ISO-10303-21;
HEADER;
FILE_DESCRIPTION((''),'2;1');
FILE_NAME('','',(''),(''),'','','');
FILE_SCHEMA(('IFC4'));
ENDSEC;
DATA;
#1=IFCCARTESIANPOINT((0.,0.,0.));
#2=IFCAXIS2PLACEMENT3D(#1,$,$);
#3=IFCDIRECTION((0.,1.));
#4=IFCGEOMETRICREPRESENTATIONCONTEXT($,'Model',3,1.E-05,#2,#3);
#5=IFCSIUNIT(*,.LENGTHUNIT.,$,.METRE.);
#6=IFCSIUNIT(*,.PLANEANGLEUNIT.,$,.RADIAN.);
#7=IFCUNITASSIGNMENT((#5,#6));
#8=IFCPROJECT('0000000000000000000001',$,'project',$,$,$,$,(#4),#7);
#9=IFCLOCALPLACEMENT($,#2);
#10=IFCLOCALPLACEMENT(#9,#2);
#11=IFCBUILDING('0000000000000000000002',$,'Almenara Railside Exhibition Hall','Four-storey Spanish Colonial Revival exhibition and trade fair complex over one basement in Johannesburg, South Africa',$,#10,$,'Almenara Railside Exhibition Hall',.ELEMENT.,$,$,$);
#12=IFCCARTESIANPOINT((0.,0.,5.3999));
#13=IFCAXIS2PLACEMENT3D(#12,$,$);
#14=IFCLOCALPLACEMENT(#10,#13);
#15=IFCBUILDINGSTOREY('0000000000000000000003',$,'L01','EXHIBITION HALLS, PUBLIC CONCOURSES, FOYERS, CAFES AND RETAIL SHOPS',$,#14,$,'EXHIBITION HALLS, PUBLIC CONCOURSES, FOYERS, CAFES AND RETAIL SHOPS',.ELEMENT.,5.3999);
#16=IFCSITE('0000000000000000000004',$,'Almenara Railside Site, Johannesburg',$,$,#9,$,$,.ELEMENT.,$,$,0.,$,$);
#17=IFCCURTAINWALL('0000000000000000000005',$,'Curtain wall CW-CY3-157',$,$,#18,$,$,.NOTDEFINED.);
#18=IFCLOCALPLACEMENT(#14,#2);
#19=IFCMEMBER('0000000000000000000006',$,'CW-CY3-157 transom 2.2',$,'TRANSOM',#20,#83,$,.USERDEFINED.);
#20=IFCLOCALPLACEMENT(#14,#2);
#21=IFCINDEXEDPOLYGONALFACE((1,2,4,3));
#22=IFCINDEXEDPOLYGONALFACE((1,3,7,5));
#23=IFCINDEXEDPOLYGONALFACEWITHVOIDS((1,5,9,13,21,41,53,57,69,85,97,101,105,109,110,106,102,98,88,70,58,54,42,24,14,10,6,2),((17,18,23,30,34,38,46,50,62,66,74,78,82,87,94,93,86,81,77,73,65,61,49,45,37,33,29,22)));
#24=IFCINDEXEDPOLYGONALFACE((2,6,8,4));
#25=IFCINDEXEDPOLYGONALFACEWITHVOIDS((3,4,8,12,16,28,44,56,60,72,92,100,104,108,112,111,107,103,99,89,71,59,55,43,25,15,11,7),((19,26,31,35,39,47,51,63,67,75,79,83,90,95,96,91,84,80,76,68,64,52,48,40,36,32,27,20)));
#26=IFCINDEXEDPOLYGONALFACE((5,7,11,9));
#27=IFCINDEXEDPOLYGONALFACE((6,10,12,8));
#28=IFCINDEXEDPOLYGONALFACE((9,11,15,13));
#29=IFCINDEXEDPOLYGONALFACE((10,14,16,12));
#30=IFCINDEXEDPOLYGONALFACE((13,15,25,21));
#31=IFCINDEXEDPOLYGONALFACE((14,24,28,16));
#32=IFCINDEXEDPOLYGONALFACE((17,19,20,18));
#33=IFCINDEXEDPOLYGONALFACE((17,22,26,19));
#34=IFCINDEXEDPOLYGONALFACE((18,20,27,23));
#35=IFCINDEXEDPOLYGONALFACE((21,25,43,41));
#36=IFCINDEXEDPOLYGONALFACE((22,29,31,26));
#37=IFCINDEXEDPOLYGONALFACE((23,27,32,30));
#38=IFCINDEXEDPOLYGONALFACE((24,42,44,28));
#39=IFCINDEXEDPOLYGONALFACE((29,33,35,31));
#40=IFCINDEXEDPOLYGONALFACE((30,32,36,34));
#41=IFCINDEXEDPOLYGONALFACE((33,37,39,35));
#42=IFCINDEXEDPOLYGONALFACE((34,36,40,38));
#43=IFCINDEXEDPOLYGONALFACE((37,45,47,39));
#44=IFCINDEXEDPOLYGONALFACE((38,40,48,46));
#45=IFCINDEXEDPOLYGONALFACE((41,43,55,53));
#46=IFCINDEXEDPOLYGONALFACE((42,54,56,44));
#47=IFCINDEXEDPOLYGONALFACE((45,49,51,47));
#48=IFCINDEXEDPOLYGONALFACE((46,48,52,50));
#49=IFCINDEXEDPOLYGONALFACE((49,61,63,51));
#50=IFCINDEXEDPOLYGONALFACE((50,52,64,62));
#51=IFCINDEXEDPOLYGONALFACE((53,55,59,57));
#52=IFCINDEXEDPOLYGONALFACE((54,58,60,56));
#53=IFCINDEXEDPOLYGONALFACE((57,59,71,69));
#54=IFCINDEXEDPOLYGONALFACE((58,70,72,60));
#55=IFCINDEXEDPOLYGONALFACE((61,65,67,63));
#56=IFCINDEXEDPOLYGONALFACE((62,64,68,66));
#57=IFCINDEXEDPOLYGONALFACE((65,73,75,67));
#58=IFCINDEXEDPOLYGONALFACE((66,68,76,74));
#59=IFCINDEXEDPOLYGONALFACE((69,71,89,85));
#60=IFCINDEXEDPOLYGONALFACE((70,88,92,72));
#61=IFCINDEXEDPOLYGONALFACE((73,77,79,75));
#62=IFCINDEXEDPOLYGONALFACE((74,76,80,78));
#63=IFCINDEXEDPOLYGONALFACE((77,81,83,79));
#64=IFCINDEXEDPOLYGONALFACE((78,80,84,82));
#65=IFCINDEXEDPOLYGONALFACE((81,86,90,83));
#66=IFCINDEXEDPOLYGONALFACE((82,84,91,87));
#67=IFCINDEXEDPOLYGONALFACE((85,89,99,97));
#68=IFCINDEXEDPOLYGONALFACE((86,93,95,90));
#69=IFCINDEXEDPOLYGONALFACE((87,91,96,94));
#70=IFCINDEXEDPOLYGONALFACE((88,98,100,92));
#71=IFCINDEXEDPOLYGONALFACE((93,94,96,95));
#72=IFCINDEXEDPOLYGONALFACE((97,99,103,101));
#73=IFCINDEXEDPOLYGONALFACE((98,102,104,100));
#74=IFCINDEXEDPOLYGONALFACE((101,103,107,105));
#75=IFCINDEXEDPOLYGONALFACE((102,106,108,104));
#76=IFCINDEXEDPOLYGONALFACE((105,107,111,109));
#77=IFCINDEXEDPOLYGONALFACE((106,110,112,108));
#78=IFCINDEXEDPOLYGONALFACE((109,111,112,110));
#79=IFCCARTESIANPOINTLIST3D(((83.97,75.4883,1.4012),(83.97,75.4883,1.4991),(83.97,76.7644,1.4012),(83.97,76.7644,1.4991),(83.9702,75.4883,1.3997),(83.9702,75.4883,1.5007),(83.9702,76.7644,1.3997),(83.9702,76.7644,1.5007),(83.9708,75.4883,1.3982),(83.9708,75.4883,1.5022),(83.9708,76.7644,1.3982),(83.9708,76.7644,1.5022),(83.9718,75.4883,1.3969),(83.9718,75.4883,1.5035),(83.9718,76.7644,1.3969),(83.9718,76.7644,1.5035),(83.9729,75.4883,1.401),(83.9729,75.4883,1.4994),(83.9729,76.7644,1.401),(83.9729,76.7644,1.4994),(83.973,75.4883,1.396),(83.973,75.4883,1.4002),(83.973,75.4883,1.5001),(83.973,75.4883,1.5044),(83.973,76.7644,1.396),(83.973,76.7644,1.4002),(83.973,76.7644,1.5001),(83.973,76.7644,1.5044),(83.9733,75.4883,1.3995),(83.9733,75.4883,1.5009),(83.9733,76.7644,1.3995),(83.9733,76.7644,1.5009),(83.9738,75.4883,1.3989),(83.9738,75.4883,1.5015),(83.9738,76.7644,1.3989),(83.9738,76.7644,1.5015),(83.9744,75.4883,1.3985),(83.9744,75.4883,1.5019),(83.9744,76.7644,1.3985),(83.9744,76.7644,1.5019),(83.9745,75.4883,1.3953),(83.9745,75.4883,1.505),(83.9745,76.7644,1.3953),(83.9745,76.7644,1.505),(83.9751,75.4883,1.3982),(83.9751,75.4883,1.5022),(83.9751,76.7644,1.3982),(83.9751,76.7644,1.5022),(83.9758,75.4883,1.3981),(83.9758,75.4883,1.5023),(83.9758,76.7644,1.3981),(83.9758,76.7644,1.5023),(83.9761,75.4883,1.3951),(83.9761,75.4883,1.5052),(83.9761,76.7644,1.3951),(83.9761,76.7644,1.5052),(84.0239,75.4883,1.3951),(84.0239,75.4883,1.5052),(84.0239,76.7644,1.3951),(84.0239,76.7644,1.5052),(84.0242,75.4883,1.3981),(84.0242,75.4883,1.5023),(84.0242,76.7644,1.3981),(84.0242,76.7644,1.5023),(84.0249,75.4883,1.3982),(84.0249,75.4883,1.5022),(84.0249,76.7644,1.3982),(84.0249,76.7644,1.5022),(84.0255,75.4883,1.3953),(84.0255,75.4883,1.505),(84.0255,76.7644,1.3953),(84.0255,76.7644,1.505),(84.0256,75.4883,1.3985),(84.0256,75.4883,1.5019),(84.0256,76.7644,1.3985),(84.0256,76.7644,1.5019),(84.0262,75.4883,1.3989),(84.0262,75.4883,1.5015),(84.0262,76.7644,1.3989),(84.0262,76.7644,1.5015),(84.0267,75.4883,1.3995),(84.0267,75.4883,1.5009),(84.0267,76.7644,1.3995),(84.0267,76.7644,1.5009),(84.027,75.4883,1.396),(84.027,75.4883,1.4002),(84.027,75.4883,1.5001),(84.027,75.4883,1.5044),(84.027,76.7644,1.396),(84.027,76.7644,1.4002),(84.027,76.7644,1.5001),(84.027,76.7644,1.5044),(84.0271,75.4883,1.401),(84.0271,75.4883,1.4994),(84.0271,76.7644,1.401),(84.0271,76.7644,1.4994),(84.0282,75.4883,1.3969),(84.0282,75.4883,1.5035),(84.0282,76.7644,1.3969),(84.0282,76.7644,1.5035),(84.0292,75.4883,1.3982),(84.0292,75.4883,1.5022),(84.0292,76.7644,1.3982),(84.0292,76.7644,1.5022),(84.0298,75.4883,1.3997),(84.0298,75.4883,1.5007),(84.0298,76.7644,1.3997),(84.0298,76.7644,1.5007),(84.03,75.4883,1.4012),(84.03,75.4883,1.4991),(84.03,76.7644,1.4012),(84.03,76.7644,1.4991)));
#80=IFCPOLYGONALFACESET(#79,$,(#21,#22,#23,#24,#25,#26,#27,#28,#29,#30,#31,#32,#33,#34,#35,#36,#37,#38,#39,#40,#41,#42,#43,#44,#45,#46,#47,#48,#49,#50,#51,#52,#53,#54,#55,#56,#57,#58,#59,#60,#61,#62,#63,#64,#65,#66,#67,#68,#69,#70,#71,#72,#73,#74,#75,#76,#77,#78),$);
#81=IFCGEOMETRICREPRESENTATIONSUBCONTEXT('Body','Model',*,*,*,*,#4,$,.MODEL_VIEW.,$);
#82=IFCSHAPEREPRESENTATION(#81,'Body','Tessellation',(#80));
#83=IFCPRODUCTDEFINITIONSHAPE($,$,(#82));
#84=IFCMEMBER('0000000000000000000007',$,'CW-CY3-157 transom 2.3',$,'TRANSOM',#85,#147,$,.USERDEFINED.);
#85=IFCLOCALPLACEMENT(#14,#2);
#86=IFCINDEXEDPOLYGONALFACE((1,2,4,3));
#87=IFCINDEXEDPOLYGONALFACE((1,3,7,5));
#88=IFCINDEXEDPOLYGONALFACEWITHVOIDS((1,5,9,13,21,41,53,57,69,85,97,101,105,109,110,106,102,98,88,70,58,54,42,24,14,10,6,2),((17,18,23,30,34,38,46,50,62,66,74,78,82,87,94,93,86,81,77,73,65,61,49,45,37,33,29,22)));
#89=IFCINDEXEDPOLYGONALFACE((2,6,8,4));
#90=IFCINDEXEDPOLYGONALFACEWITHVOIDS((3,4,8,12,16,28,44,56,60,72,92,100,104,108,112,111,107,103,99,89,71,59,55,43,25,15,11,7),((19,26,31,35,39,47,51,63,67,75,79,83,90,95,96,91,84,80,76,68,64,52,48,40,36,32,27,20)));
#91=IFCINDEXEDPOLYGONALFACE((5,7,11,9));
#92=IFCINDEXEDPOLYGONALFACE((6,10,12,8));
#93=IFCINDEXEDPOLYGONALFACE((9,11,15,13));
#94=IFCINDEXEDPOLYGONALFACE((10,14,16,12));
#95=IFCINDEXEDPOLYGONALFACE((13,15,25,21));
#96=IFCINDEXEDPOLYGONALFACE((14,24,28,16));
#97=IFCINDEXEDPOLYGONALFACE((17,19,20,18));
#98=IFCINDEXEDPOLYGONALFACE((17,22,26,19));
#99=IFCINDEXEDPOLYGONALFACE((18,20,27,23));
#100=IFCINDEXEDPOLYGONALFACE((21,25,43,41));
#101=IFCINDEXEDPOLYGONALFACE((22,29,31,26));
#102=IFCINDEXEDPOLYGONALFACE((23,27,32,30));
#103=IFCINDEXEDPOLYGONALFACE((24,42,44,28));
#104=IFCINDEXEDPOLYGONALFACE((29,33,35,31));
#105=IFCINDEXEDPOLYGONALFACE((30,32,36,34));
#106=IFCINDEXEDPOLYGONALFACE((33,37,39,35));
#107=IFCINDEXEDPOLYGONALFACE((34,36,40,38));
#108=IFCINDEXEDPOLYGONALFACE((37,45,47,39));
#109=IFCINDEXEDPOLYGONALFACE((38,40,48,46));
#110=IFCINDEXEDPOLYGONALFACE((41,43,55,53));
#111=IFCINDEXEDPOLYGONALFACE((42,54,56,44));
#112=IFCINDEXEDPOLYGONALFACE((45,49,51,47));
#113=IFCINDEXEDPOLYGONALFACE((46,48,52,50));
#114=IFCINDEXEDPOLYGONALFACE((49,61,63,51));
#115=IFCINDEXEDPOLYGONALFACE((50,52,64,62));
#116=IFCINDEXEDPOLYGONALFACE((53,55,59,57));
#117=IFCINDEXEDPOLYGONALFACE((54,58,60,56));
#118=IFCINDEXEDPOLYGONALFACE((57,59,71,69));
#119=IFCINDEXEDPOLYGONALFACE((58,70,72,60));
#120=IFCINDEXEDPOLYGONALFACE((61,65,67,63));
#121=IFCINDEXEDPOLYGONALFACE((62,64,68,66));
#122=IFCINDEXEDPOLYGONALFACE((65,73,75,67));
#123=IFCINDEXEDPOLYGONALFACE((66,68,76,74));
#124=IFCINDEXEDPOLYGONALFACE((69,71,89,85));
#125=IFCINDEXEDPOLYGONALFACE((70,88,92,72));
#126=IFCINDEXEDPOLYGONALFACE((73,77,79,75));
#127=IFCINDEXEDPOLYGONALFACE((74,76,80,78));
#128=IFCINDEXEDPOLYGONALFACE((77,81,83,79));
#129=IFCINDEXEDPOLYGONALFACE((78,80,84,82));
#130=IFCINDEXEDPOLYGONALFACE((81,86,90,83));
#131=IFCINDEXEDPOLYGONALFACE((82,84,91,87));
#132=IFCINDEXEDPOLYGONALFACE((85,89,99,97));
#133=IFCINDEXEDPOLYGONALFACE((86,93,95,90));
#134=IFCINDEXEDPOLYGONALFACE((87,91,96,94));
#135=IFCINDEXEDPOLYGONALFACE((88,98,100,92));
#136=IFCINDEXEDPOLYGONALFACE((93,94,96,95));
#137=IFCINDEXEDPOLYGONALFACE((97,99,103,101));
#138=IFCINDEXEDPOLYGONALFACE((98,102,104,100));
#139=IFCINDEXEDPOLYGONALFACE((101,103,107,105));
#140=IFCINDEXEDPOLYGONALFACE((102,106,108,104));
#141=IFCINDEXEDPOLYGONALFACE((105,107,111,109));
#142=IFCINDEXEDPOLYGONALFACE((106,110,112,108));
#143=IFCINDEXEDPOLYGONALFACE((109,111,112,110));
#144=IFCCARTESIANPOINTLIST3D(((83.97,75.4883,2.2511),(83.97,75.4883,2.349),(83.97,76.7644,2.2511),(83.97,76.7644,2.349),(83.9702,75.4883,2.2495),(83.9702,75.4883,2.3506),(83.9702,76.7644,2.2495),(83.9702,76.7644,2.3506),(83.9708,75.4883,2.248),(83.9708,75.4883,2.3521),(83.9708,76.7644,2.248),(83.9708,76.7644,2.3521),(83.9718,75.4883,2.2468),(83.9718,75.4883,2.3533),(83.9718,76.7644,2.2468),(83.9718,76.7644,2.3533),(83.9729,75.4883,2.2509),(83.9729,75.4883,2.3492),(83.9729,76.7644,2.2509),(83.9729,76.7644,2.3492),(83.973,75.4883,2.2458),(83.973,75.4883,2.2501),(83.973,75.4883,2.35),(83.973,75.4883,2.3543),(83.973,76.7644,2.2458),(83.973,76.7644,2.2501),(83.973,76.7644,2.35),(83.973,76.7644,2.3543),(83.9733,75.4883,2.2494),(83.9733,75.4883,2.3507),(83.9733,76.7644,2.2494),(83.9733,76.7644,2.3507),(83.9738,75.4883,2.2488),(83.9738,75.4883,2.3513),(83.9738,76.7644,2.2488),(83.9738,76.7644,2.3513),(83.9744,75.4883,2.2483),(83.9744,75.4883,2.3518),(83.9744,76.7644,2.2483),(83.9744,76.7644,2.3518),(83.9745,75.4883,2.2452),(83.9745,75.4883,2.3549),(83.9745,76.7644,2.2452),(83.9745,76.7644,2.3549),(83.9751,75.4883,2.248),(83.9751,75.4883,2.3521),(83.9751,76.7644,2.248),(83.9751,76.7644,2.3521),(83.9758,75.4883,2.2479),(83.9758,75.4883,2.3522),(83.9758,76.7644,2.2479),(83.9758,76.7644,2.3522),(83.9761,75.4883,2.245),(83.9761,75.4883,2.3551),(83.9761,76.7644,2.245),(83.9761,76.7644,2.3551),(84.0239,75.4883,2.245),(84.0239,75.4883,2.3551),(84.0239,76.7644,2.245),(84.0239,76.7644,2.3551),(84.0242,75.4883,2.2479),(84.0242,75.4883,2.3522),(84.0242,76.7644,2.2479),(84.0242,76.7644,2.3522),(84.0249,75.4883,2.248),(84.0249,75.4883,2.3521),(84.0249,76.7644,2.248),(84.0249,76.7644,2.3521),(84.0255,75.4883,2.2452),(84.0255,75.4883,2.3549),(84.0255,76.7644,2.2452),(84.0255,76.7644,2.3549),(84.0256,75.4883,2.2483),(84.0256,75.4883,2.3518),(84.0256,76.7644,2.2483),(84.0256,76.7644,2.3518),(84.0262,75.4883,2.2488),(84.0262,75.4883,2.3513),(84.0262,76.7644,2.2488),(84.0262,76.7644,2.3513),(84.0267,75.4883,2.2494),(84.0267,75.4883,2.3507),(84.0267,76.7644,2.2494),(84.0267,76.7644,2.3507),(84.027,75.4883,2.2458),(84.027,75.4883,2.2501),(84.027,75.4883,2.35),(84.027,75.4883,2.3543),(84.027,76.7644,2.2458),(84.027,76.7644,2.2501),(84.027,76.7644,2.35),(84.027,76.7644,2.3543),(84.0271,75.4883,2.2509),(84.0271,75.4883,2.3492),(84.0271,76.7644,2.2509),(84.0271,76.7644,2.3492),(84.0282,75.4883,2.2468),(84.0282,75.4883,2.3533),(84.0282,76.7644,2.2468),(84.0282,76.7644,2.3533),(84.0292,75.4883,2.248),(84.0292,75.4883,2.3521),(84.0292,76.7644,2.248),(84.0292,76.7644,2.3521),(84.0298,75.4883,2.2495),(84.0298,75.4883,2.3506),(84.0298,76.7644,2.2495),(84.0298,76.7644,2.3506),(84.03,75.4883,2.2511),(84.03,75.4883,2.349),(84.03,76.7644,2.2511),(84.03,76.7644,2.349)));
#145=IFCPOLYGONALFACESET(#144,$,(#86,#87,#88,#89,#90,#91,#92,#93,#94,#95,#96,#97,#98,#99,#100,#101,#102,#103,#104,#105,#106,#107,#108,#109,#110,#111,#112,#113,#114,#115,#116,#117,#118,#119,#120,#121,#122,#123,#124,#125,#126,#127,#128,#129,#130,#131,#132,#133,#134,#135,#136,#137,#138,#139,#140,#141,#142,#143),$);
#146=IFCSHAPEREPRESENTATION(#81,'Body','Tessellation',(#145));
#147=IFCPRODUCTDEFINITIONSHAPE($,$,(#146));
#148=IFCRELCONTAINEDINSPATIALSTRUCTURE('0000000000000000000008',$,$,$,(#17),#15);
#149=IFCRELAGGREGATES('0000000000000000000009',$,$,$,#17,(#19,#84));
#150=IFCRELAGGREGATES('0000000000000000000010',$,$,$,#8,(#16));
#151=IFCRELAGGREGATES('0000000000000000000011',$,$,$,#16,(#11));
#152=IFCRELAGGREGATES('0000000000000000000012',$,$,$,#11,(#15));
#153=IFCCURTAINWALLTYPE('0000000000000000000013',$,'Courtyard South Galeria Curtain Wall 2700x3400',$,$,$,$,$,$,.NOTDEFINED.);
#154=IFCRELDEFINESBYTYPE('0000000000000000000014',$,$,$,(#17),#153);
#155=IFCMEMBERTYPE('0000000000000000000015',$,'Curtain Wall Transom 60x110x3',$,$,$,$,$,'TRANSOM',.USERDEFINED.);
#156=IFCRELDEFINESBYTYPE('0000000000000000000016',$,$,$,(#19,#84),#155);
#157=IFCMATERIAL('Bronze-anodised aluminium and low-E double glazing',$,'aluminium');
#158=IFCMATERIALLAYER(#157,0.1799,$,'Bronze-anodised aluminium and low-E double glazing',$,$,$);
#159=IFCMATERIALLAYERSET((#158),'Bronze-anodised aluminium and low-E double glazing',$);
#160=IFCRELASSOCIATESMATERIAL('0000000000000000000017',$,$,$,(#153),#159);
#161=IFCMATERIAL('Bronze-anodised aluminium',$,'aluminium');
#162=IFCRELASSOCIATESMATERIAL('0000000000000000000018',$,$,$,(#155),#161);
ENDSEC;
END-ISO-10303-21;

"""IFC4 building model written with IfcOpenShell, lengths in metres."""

from ifc_helpers import new_model, si_unit, direction, frame, origin, origin_2d, place, context, subcontext, project, spatial, hollow_rectangle, extrude, material, layer, layer_set, material_profile, profile_set, type_object, element, aggregate, save


model = new_model("IFC4")

# Units and contexts
model_context = context("Model", 3, precision=1e-05, world=origin(), true_north=direction((0.0, 1.0)))
body_context = subcontext(model_context, "Body", "Model", "MODEL_VIEW")
ifc_project = project(units=[si_unit("LENGTHUNIT", "METRE"), si_unit("PLANEANGLEUNIT", "RADIAN")], contexts=[model_context])

# Site, building, storey
site_placement = place(None, origin())
site = spatial("IfcSite", under=ifc_project, at=site_placement, Name="Almenara Railside Site, Johannesburg", CompositionType="ELEMENT", RefElevation=0.0)
building_placement = place(site_placement, origin())
building = spatial("IfcBuilding", under=site, at=building_placement, Name="Almenara Railside Exhibition Hall", Description="Four-storey Spanish Colonial Revival exhibition and trade fair complex over one basement in Johannesburg, South Africa", LongName="Almenara Railside Exhibition Hall", CompositionType="ELEMENT")
storey_placement = place(building_placement, frame((0.0, 0.0, 5.3999)))
storey = spatial("IfcBuildingStorey", under=building, at=storey_placement, Name="L01", Description="EXHIBITION HALLS, PUBLIC CONCOURSES, FOYERS, CAFES AND RETAIL SHOPS", LongName="EXHIBITION HALLS, PUBLIC CONCOURSES, FOYERS, CAFES AND RETAIL SHOPS", CompositionType="ELEMENT", Elevation=5.3999)

# Curtain wall, members
ifc_material_1 = material(Name="Bronze-anodised aluminium and low-E double glazing", Category="aluminium")
ifc_layer_1 = layer(ifc_material_1, 0.1799, Name="Bronze-anodised aluminium and low-E double glazing")
ifc_layer_set_1 = layer_set([ifc_layer_1], Name="Bronze-anodised aluminium and low-E double glazing")
curtain_wall_type = type_object("IfcCurtainWallType", Name="Courtyard South Galeria Curtain Wall 2700x3400", PredefinedType="NOTDEFINED", material=ifc_layer_set_1)
curtain_wall_placement = place(storey_placement, origin())
curtain_wall = element("IfcCurtainWall", 1, at=curtain_wall_placement, inside=storey, type_object=curtain_wall_type, Name="Curtain wall CW-CY3-157", PredefinedType="NOTDEFINED")
ifc_material_2 = material(Name="Bronze-anodised aluminium", Category="aluminium")
ifc_material_profile_1 = material_profile(ifc_material_2, hollow_rectangle(XDim=0.0601, YDim=0.1101, WallThickness=0.0029, InnerFilletRadius=0.0029, OuterFilletRadius=0.0061, at=origin_2d()), Name="ALU-TRN 60x110x3")
ifc_profile_set_1 = profile_set([ifc_material_profile_1], Name="Bronze-anodised aluminium")
member_type_1 = type_object("IfcMemberType", Name="Curtain Wall Transom 60x110x3", ElementType="TRANSOM", PredefinedType="USERDEFINED", material=ifc_profile_set_1)
member_1_placement = place(storey_placement, frame((84.0, 76.7644, 1.4502), z_axis=(0.0, -1.0, 0.0), x_axis=(1.0, 0.0, 0.0)))
member_1 = element("IfcMember", 2, at=member_1_placement, type_object=member_type_1, Name="CW-CY3-157 transom 2.2", ObjectType="TRANSOM", PredefinedType="USERDEFINED", context=body_context, shape_type="SweptSolid", body=[
    extrude(hollow_rectangle(XDim=0.0601, YDim=0.1101, WallThickness=0.0029, InnerFilletRadius=0.0029, OuterFilletRadius=0.0061, at=origin_2d()), origin(), (0.0, 0.0, 1.0), 1.2761),
])
member_2_placement = place(storey_placement, frame((84.0, 76.7644, 2.3), z_axis=(0.0, -1.0, 0.0), x_axis=(1.0, 0.0, 0.0)))
member_2 = element("IfcMember", 3, at=member_2_placement, type_object=member_type_1, Name="CW-CY3-157 transom 2.3", ObjectType="TRANSOM", PredefinedType="USERDEFINED", context=body_context, shape_type="SweptSolid", body=[
    extrude(hollow_rectangle(XDim=0.0601, YDim=0.1101, WallThickness=0.0029, InnerFilletRadius=0.0029, OuterFilletRadius=0.0061, at=origin_2d()), origin(), (0.0, 0.0, 1.0), 1.2761),
])

aggregate(curtain_wall, [member_1, member_2])

save(model, "model.ifc")
